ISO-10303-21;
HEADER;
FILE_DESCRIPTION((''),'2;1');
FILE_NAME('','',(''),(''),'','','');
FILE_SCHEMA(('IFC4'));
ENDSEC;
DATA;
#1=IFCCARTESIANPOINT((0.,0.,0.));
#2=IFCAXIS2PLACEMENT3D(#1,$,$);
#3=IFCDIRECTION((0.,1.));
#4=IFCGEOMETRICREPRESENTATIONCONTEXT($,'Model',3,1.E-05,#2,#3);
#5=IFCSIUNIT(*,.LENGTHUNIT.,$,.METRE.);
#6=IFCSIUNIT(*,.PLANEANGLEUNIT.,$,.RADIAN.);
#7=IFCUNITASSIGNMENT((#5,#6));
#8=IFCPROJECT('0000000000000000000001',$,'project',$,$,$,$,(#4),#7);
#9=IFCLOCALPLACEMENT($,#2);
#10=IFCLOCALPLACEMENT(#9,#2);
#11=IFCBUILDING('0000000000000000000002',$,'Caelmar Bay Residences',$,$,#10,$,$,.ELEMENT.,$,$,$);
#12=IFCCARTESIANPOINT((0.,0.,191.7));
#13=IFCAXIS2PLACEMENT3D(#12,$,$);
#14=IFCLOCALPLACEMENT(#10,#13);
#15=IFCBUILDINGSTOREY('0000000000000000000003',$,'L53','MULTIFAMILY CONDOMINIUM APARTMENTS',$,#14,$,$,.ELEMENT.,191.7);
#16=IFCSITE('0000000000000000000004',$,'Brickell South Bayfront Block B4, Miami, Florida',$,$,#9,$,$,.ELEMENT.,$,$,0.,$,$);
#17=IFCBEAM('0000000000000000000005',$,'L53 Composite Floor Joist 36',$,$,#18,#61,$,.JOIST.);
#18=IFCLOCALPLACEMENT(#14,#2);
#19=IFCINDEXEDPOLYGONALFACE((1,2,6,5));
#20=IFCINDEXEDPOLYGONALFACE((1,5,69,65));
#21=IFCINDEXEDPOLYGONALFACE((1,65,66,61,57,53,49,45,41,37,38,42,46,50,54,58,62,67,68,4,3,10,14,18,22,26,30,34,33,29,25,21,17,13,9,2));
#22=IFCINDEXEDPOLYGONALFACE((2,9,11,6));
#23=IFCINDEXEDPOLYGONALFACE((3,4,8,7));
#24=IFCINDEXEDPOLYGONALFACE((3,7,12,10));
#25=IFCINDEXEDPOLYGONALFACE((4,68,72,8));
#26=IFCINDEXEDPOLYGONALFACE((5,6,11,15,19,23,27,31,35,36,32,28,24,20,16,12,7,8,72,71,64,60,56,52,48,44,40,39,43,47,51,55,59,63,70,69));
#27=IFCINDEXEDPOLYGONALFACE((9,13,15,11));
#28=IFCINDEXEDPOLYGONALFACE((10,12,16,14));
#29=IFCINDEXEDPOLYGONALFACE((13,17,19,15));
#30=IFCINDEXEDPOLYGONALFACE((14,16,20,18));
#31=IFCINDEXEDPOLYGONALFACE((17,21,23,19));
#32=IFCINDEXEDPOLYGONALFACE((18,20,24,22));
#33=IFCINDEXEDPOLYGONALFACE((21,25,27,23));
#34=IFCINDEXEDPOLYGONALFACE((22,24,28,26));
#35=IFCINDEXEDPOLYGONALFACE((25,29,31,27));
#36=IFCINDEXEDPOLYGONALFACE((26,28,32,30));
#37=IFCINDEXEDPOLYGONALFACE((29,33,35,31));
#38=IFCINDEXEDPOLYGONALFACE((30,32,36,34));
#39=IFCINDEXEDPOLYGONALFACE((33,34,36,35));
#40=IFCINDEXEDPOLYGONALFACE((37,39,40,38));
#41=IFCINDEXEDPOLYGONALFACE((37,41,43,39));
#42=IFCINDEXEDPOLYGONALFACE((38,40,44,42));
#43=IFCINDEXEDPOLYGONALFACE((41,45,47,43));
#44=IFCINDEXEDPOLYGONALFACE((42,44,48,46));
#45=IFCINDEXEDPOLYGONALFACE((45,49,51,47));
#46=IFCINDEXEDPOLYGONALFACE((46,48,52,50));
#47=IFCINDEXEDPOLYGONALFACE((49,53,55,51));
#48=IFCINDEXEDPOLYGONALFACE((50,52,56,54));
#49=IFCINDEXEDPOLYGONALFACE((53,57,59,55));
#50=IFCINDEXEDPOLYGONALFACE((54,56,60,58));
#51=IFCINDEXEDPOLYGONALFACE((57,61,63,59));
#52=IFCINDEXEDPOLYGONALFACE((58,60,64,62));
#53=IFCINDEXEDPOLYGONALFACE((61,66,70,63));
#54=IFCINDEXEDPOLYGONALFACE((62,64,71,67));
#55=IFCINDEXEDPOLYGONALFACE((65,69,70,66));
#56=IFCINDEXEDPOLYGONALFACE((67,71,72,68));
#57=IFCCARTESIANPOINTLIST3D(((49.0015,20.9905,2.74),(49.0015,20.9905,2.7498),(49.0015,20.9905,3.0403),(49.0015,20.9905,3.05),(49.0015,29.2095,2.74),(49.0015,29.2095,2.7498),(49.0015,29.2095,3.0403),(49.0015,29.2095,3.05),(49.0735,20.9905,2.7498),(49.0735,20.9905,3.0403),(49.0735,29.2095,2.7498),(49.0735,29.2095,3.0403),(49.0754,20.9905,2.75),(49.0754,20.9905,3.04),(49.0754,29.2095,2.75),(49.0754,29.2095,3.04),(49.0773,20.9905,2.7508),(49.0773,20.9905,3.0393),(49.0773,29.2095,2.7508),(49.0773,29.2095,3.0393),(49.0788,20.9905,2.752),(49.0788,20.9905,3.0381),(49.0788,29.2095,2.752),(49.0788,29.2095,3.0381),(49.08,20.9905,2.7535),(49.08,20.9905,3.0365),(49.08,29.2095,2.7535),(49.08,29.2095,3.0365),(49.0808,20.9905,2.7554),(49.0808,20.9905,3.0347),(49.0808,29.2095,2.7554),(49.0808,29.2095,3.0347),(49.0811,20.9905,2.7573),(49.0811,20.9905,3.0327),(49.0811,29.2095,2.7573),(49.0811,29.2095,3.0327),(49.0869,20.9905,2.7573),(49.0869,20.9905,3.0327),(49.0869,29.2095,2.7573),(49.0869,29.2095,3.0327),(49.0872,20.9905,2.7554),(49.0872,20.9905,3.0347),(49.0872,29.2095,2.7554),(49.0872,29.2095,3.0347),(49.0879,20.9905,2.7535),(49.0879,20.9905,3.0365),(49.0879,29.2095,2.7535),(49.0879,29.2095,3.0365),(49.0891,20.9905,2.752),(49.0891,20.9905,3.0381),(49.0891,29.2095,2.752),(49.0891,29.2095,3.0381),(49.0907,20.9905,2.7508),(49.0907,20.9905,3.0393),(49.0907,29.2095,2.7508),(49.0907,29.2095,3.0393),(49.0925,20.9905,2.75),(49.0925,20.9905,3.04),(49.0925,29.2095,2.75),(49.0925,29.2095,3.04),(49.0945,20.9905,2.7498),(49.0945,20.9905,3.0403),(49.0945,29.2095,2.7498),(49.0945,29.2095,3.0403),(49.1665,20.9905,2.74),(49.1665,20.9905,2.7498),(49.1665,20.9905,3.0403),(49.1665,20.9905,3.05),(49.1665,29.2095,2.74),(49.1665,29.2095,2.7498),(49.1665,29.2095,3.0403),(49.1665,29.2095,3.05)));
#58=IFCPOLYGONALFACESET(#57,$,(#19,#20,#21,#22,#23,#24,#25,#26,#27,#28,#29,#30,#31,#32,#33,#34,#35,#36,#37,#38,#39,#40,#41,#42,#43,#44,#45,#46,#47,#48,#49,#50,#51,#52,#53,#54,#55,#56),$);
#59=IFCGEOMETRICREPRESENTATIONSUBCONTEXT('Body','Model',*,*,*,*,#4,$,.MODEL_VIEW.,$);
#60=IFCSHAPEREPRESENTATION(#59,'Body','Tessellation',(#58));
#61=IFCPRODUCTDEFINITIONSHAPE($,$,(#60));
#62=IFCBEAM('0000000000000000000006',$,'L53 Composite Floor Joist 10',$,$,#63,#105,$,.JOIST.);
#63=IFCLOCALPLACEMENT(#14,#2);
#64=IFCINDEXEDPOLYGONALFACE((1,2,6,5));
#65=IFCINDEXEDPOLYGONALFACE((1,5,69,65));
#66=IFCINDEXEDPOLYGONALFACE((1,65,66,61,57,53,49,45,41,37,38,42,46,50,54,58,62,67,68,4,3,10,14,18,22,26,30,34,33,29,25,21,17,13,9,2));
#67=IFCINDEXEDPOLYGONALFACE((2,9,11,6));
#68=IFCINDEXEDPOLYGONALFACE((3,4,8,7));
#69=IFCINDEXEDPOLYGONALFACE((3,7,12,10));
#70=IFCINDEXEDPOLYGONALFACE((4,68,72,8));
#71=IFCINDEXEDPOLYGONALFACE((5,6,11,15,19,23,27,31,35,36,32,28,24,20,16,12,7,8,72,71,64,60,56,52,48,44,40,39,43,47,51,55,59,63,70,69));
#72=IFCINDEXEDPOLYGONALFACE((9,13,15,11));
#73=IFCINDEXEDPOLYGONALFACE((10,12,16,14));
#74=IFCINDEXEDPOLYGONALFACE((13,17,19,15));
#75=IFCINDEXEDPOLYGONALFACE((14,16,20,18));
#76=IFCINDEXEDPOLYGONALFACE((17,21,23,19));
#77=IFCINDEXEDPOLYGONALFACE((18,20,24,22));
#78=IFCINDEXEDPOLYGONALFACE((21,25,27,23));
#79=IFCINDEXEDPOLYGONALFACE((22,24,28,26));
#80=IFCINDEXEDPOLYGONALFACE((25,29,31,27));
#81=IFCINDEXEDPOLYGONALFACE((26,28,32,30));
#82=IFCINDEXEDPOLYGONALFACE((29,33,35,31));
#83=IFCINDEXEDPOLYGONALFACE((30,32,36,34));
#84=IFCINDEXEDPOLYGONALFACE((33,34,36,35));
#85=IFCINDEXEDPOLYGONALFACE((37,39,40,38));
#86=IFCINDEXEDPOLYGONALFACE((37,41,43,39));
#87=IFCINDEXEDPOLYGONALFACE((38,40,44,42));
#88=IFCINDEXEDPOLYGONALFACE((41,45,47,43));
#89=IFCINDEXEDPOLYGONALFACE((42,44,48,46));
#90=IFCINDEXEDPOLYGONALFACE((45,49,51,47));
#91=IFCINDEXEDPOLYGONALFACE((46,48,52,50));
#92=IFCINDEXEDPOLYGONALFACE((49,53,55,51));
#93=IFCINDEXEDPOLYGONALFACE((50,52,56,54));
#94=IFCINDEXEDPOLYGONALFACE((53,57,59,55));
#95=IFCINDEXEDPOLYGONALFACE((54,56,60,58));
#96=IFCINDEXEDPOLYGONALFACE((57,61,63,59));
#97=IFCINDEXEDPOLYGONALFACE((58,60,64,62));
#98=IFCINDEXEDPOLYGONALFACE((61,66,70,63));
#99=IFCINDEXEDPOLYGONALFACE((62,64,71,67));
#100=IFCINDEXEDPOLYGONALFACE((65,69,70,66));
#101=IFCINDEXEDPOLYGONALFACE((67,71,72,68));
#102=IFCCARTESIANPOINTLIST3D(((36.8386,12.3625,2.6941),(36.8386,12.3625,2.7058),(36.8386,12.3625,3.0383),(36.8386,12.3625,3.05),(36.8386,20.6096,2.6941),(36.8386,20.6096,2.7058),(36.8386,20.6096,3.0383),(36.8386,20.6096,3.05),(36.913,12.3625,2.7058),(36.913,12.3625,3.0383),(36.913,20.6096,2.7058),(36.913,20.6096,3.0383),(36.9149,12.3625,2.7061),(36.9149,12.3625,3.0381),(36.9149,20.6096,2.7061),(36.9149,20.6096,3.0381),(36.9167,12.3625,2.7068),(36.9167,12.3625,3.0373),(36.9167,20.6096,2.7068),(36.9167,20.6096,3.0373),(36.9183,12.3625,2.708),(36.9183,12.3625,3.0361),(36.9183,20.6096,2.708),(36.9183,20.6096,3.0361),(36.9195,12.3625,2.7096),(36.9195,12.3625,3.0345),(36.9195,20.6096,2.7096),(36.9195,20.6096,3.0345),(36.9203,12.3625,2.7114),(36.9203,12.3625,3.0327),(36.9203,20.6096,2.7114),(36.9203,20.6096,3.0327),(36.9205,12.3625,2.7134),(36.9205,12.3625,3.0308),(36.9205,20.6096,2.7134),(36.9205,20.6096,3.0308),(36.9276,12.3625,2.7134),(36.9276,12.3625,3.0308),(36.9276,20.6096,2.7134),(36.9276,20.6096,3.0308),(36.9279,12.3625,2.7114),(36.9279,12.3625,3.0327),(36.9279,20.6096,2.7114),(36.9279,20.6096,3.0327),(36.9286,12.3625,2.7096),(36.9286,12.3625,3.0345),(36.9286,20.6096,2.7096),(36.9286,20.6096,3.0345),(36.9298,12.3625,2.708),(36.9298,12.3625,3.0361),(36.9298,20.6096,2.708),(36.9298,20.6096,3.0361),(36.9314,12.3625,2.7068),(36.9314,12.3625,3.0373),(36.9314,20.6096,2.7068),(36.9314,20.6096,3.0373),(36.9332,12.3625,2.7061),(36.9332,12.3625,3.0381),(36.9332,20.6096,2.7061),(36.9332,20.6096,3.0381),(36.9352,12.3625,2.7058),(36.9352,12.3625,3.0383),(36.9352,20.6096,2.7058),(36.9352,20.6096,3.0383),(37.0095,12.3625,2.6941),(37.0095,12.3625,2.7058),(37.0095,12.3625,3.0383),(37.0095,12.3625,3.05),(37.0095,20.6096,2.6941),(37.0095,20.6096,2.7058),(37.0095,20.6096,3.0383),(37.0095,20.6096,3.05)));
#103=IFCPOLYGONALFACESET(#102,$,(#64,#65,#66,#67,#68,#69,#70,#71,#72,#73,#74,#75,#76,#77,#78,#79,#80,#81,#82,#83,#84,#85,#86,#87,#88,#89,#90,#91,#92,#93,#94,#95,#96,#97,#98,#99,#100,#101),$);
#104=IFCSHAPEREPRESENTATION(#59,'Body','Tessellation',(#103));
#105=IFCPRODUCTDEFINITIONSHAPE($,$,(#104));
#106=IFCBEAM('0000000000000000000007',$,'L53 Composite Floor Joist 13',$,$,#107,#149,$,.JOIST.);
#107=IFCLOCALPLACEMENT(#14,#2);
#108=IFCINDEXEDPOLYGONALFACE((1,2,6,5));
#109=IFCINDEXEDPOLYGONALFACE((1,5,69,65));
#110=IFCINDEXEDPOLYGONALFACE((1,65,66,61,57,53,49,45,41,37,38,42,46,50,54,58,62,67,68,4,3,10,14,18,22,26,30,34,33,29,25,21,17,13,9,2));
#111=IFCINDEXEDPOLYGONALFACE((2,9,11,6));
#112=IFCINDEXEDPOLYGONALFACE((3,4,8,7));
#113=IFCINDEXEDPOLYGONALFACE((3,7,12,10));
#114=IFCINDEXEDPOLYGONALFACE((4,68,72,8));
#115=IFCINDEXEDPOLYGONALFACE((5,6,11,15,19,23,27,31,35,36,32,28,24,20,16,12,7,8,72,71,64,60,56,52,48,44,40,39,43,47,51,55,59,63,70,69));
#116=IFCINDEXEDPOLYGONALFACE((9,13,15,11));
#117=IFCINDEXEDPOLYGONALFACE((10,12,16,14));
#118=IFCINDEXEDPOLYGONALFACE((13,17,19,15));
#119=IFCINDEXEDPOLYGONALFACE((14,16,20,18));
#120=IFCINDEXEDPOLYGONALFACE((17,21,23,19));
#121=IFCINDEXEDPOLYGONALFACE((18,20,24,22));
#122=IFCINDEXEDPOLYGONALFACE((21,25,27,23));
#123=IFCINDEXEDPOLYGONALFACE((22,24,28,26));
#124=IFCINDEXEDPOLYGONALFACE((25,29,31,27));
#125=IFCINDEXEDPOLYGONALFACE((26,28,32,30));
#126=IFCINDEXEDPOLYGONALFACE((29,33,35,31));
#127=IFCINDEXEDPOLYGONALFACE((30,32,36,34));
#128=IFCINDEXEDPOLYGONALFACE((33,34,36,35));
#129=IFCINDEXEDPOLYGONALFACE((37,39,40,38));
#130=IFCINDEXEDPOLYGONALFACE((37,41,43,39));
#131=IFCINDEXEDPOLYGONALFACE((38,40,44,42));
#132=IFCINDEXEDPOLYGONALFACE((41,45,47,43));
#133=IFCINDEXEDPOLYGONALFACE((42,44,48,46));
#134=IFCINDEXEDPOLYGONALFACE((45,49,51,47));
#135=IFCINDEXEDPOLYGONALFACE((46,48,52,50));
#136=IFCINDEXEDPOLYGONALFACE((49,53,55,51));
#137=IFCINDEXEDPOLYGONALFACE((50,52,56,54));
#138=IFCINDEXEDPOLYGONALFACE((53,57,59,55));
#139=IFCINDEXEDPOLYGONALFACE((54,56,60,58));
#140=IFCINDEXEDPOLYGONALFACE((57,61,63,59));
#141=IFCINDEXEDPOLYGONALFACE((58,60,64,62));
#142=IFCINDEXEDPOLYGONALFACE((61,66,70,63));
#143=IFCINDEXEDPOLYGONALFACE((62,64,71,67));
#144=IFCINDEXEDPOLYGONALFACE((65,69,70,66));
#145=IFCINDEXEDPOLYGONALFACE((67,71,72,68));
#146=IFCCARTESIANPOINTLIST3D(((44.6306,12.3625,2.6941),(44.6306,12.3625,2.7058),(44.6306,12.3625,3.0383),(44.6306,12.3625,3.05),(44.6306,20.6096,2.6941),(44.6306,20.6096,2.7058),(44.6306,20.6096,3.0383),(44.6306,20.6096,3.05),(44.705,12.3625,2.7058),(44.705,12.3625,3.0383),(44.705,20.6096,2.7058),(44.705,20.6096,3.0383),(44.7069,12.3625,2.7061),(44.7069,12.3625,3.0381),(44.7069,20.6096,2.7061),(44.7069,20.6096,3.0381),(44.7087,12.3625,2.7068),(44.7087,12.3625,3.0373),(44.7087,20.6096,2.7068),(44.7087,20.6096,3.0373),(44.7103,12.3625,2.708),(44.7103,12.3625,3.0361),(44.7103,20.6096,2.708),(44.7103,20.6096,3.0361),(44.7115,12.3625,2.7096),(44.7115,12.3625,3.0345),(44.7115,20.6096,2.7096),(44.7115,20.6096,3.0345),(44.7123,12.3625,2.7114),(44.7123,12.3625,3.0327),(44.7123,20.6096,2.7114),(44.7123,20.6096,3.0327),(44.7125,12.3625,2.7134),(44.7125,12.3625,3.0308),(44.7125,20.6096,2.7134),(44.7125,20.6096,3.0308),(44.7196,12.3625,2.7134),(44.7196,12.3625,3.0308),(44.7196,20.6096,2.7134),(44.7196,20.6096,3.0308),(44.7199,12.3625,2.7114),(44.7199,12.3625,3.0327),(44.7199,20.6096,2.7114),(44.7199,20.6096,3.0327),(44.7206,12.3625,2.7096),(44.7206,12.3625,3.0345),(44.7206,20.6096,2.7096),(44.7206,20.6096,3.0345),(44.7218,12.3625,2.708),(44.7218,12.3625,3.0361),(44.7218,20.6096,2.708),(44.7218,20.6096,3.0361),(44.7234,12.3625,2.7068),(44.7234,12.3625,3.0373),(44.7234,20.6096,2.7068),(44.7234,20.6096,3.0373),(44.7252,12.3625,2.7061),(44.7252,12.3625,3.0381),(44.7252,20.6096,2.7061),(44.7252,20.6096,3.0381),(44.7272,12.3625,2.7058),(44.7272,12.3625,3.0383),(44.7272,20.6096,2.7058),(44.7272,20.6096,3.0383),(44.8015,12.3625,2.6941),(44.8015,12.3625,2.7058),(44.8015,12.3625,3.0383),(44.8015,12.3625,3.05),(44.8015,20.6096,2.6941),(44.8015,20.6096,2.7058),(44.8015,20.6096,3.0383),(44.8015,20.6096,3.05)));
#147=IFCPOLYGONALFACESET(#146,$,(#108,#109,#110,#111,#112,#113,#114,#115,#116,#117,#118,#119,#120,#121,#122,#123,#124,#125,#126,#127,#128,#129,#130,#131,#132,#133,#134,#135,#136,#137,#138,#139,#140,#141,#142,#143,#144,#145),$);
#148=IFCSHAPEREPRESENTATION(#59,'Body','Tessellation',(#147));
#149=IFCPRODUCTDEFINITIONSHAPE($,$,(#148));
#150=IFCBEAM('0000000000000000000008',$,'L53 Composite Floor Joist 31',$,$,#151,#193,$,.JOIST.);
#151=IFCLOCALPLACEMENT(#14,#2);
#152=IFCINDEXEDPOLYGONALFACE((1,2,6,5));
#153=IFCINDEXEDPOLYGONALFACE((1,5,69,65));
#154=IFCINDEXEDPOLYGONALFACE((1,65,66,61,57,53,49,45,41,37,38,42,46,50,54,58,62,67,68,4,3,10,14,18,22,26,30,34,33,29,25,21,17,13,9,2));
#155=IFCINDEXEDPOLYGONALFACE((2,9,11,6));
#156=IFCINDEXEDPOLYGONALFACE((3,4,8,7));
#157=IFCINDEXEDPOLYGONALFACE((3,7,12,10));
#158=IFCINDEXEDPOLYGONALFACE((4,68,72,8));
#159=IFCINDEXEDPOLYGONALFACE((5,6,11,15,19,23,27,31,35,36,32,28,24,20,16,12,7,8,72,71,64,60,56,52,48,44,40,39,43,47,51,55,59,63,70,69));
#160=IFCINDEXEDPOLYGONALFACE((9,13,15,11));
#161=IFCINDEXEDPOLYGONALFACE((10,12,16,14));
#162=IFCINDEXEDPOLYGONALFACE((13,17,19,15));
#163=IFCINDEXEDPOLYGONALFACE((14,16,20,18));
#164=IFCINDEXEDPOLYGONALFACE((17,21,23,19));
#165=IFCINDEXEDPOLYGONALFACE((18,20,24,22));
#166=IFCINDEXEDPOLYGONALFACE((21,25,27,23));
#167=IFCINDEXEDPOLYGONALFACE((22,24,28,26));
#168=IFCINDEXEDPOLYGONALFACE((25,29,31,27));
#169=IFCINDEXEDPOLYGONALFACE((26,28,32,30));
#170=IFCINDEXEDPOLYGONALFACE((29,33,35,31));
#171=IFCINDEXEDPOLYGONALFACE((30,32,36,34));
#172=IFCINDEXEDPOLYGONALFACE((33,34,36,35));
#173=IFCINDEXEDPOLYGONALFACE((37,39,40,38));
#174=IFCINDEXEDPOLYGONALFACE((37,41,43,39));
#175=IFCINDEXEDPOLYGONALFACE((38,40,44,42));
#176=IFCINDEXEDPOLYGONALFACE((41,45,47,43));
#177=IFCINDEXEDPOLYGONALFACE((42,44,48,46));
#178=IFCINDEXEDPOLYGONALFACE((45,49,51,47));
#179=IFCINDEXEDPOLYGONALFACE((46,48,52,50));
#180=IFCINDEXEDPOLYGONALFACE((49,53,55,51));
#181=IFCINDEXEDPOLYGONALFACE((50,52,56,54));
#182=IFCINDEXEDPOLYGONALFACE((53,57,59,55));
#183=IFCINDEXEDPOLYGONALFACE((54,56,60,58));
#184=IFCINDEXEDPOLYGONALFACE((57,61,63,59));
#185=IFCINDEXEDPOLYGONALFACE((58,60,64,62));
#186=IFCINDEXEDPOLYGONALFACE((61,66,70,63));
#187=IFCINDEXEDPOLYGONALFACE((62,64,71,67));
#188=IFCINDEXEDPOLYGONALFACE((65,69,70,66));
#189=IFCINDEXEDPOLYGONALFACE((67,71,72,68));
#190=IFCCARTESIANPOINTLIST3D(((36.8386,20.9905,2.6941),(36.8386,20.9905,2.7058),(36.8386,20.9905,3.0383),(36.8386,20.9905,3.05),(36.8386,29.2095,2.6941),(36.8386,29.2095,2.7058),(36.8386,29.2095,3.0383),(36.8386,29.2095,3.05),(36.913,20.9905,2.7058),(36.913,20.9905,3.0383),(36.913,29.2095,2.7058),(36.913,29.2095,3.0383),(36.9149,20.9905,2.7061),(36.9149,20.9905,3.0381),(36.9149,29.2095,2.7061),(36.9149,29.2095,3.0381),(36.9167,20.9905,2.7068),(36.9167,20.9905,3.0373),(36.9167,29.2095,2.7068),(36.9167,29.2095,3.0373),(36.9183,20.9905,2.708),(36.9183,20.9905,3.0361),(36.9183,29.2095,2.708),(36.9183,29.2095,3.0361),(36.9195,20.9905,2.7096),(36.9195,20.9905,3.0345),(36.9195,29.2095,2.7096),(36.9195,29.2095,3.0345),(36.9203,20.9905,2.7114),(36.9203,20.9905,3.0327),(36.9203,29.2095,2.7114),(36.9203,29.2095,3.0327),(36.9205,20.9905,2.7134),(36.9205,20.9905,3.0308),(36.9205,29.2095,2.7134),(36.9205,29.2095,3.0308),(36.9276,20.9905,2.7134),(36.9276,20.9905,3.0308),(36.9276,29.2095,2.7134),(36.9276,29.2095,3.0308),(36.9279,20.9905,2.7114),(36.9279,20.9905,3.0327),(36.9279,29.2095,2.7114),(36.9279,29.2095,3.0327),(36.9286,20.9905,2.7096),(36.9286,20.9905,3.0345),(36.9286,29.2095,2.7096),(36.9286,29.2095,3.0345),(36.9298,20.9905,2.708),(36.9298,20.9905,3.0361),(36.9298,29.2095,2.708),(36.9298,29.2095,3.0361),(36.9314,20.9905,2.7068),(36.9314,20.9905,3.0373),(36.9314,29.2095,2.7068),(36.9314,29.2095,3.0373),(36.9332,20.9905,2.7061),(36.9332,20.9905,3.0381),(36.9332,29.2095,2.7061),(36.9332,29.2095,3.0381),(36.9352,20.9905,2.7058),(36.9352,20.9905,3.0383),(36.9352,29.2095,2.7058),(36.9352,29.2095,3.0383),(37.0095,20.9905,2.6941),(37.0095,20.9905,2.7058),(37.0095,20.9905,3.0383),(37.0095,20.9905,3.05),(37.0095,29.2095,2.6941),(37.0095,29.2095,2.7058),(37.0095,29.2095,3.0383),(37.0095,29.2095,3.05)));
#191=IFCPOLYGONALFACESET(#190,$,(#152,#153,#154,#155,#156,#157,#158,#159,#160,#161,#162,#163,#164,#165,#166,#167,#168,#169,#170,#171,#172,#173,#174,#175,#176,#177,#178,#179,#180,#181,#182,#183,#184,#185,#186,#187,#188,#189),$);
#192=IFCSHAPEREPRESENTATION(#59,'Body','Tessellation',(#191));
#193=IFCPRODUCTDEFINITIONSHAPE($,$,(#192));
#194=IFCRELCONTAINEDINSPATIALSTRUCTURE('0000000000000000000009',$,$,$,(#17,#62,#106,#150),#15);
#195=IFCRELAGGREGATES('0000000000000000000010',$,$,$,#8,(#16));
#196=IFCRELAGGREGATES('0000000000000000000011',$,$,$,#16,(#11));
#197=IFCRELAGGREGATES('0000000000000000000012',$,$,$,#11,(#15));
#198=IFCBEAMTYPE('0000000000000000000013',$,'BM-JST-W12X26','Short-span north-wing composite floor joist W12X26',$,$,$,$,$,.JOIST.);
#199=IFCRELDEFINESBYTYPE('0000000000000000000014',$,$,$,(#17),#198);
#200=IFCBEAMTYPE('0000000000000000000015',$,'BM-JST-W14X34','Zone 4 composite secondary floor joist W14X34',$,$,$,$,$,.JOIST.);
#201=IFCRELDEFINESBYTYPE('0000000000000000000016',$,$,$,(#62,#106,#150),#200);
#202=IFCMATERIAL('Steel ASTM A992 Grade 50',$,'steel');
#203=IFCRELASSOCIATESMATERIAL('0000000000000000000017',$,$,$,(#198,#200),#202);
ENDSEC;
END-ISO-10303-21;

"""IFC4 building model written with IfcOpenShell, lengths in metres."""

from ifc_helpers import new_model, si_unit, direction, frame, origin, origin_2d, place, context, subcontext, project, spatial, i_section, extrude, material, material_profile, profile_set, type_object, element, save


model = new_model("IFC4")

# Units and contexts
model_context = context("Model", 3, precision=1e-05, world=origin(), true_north=direction((0.0, 1.0)))
body_context = subcontext(model_context, "Body", "Model", "MODEL_VIEW")
ifc_project = project(units=[si_unit("LENGTHUNIT", "METRE"), si_unit("PLANEANGLEUNIT", "RADIAN")], contexts=[model_context])

# Site, building, storey
site_placement = place(None, origin())
site = spatial("IfcSite", under=ifc_project, at=site_placement, Name="Brickell South Bayfront Block B4, Miami, Florida", CompositionType="ELEMENT", RefElevation=0.0)
building_placement = place(site_placement, origin())
building = spatial("IfcBuilding", under=site, at=building_placement, Name="Caelmar Bay Residences", CompositionType="ELEMENT")
storey_placement = place(building_placement, frame((0.0, 0.0, 191.7)))
storey = spatial("IfcBuildingStorey", under=building, at=storey_placement, Name="L53", Description="MULTIFAMILY CONDOMINIUM APARTMENTS", CompositionType="ELEMENT", Elevation=191.7)

# Beams
ifc_material_1 = material(Name="Steel ASTM A992 Grade 50", Category="steel")
ifc_material_profile_1 = material_profile(ifc_material_1, i_section(OverallWidth=0.165, OverallDepth=0.3101, WebThickness=0.0059, FlangeThickness=0.0098, FilletRadius=0.0076, at=origin_2d()), Name="W12X26")
ifc_profile_set_1 = profile_set([ifc_material_profile_1], Name="Steel ASTM A992 Grade 50")
beam_type_1 = type_object("IfcBeamType", Name="BM-JST-W12X26", Description="Short-span north-wing composite floor joist W12X26", PredefinedType="JOIST", material=ifc_profile_set_1)
for number, where, z_axis, x_axis, name in (
    (1, (49.084, 20.9905, 2.895), (0.0, 1.0, 0.0), (-1.0, 0.0, 0.0), "L53 Composite Floor Joist 36"),
):
    element("IfcBeam", number, at=place(storey_placement, frame(where, z_axis=z_axis, x_axis=x_axis)), inside=storey, type_object=beam_type_1, Name=name, PredefinedType="JOIST", context=body_context, shape_type="SweptSolid", body=[
        extrude(i_section(OverallWidth=0.165, OverallDepth=0.3101, WebThickness=0.0059, FlangeThickness=0.0098, FilletRadius=0.0076, at=origin_2d()), origin(), (0.0, 0.0, 1.0), 8.219),
    ])
ifc_material_profile_2 = material_profile(ifc_material_1, i_section(OverallWidth=0.1709, OverallDepth=0.356, WebThickness=0.0071, FlangeThickness=0.0117, FilletRadius=0.0076, at=origin_2d()), Name="W14X34")
ifc_profile_set_2 = profile_set([ifc_material_profile_2], Name="Steel ASTM A992 Grade 50")
beam_type_2 = type_object("IfcBeamType", Name="BM-JST-W14X34", Description="Zone 4 composite secondary floor joist W14X34", PredefinedType="JOIST", material=ifc_profile_set_2)
for number, where, z_axis, x_axis, name in (
    (2, (36.9241, 12.3625, 2.8721), (0.0, 1.0, 0.0), (-1.0, 0.0, 0.0), "L53 Composite Floor Joist 10"),
    (3, (44.7161, 12.3625, 2.8721), (0.0, 1.0, 0.0), (-1.0, 0.0, 0.0), "L53 Composite Floor Joist 13"),
):
    element("IfcBeam", number, at=place(storey_placement, frame(where, z_axis=z_axis, x_axis=x_axis)), inside=storey, type_object=beam_type_2, Name=name, PredefinedType="JOIST", context=body_context, shape_type="SweptSolid", body=[
        extrude(i_section(OverallWidth=0.1709, OverallDepth=0.356, WebThickness=0.0071, FlangeThickness=0.0117, FilletRadius=0.0076, at=origin_2d()), origin(), (0.0, 0.0, 1.0), 8.2471),
    ])
for number, where, z_axis, x_axis, name in (
    (4, (36.9241, 20.9905, 2.8721), (0.0, 1.0, 0.0), (-1.0, 0.0, 0.0), "L53 Composite Floor Joist 31"),
):
    element("IfcBeam", number, at=place(storey_placement, frame(where, z_axis=z_axis, x_axis=x_axis)), inside=storey, type_object=beam_type_2, Name=name, PredefinedType="JOIST", context=body_context, shape_type="SweptSolid", body=[
        extrude(i_section(OverallWidth=0.1709, OverallDepth=0.356, WebThickness=0.0071, FlangeThickness=0.0117, FilletRadius=0.0076, at=origin_2d()), origin(), (0.0, 0.0, 1.0), 8.219),
    ])

save(model, "model.ifc")
